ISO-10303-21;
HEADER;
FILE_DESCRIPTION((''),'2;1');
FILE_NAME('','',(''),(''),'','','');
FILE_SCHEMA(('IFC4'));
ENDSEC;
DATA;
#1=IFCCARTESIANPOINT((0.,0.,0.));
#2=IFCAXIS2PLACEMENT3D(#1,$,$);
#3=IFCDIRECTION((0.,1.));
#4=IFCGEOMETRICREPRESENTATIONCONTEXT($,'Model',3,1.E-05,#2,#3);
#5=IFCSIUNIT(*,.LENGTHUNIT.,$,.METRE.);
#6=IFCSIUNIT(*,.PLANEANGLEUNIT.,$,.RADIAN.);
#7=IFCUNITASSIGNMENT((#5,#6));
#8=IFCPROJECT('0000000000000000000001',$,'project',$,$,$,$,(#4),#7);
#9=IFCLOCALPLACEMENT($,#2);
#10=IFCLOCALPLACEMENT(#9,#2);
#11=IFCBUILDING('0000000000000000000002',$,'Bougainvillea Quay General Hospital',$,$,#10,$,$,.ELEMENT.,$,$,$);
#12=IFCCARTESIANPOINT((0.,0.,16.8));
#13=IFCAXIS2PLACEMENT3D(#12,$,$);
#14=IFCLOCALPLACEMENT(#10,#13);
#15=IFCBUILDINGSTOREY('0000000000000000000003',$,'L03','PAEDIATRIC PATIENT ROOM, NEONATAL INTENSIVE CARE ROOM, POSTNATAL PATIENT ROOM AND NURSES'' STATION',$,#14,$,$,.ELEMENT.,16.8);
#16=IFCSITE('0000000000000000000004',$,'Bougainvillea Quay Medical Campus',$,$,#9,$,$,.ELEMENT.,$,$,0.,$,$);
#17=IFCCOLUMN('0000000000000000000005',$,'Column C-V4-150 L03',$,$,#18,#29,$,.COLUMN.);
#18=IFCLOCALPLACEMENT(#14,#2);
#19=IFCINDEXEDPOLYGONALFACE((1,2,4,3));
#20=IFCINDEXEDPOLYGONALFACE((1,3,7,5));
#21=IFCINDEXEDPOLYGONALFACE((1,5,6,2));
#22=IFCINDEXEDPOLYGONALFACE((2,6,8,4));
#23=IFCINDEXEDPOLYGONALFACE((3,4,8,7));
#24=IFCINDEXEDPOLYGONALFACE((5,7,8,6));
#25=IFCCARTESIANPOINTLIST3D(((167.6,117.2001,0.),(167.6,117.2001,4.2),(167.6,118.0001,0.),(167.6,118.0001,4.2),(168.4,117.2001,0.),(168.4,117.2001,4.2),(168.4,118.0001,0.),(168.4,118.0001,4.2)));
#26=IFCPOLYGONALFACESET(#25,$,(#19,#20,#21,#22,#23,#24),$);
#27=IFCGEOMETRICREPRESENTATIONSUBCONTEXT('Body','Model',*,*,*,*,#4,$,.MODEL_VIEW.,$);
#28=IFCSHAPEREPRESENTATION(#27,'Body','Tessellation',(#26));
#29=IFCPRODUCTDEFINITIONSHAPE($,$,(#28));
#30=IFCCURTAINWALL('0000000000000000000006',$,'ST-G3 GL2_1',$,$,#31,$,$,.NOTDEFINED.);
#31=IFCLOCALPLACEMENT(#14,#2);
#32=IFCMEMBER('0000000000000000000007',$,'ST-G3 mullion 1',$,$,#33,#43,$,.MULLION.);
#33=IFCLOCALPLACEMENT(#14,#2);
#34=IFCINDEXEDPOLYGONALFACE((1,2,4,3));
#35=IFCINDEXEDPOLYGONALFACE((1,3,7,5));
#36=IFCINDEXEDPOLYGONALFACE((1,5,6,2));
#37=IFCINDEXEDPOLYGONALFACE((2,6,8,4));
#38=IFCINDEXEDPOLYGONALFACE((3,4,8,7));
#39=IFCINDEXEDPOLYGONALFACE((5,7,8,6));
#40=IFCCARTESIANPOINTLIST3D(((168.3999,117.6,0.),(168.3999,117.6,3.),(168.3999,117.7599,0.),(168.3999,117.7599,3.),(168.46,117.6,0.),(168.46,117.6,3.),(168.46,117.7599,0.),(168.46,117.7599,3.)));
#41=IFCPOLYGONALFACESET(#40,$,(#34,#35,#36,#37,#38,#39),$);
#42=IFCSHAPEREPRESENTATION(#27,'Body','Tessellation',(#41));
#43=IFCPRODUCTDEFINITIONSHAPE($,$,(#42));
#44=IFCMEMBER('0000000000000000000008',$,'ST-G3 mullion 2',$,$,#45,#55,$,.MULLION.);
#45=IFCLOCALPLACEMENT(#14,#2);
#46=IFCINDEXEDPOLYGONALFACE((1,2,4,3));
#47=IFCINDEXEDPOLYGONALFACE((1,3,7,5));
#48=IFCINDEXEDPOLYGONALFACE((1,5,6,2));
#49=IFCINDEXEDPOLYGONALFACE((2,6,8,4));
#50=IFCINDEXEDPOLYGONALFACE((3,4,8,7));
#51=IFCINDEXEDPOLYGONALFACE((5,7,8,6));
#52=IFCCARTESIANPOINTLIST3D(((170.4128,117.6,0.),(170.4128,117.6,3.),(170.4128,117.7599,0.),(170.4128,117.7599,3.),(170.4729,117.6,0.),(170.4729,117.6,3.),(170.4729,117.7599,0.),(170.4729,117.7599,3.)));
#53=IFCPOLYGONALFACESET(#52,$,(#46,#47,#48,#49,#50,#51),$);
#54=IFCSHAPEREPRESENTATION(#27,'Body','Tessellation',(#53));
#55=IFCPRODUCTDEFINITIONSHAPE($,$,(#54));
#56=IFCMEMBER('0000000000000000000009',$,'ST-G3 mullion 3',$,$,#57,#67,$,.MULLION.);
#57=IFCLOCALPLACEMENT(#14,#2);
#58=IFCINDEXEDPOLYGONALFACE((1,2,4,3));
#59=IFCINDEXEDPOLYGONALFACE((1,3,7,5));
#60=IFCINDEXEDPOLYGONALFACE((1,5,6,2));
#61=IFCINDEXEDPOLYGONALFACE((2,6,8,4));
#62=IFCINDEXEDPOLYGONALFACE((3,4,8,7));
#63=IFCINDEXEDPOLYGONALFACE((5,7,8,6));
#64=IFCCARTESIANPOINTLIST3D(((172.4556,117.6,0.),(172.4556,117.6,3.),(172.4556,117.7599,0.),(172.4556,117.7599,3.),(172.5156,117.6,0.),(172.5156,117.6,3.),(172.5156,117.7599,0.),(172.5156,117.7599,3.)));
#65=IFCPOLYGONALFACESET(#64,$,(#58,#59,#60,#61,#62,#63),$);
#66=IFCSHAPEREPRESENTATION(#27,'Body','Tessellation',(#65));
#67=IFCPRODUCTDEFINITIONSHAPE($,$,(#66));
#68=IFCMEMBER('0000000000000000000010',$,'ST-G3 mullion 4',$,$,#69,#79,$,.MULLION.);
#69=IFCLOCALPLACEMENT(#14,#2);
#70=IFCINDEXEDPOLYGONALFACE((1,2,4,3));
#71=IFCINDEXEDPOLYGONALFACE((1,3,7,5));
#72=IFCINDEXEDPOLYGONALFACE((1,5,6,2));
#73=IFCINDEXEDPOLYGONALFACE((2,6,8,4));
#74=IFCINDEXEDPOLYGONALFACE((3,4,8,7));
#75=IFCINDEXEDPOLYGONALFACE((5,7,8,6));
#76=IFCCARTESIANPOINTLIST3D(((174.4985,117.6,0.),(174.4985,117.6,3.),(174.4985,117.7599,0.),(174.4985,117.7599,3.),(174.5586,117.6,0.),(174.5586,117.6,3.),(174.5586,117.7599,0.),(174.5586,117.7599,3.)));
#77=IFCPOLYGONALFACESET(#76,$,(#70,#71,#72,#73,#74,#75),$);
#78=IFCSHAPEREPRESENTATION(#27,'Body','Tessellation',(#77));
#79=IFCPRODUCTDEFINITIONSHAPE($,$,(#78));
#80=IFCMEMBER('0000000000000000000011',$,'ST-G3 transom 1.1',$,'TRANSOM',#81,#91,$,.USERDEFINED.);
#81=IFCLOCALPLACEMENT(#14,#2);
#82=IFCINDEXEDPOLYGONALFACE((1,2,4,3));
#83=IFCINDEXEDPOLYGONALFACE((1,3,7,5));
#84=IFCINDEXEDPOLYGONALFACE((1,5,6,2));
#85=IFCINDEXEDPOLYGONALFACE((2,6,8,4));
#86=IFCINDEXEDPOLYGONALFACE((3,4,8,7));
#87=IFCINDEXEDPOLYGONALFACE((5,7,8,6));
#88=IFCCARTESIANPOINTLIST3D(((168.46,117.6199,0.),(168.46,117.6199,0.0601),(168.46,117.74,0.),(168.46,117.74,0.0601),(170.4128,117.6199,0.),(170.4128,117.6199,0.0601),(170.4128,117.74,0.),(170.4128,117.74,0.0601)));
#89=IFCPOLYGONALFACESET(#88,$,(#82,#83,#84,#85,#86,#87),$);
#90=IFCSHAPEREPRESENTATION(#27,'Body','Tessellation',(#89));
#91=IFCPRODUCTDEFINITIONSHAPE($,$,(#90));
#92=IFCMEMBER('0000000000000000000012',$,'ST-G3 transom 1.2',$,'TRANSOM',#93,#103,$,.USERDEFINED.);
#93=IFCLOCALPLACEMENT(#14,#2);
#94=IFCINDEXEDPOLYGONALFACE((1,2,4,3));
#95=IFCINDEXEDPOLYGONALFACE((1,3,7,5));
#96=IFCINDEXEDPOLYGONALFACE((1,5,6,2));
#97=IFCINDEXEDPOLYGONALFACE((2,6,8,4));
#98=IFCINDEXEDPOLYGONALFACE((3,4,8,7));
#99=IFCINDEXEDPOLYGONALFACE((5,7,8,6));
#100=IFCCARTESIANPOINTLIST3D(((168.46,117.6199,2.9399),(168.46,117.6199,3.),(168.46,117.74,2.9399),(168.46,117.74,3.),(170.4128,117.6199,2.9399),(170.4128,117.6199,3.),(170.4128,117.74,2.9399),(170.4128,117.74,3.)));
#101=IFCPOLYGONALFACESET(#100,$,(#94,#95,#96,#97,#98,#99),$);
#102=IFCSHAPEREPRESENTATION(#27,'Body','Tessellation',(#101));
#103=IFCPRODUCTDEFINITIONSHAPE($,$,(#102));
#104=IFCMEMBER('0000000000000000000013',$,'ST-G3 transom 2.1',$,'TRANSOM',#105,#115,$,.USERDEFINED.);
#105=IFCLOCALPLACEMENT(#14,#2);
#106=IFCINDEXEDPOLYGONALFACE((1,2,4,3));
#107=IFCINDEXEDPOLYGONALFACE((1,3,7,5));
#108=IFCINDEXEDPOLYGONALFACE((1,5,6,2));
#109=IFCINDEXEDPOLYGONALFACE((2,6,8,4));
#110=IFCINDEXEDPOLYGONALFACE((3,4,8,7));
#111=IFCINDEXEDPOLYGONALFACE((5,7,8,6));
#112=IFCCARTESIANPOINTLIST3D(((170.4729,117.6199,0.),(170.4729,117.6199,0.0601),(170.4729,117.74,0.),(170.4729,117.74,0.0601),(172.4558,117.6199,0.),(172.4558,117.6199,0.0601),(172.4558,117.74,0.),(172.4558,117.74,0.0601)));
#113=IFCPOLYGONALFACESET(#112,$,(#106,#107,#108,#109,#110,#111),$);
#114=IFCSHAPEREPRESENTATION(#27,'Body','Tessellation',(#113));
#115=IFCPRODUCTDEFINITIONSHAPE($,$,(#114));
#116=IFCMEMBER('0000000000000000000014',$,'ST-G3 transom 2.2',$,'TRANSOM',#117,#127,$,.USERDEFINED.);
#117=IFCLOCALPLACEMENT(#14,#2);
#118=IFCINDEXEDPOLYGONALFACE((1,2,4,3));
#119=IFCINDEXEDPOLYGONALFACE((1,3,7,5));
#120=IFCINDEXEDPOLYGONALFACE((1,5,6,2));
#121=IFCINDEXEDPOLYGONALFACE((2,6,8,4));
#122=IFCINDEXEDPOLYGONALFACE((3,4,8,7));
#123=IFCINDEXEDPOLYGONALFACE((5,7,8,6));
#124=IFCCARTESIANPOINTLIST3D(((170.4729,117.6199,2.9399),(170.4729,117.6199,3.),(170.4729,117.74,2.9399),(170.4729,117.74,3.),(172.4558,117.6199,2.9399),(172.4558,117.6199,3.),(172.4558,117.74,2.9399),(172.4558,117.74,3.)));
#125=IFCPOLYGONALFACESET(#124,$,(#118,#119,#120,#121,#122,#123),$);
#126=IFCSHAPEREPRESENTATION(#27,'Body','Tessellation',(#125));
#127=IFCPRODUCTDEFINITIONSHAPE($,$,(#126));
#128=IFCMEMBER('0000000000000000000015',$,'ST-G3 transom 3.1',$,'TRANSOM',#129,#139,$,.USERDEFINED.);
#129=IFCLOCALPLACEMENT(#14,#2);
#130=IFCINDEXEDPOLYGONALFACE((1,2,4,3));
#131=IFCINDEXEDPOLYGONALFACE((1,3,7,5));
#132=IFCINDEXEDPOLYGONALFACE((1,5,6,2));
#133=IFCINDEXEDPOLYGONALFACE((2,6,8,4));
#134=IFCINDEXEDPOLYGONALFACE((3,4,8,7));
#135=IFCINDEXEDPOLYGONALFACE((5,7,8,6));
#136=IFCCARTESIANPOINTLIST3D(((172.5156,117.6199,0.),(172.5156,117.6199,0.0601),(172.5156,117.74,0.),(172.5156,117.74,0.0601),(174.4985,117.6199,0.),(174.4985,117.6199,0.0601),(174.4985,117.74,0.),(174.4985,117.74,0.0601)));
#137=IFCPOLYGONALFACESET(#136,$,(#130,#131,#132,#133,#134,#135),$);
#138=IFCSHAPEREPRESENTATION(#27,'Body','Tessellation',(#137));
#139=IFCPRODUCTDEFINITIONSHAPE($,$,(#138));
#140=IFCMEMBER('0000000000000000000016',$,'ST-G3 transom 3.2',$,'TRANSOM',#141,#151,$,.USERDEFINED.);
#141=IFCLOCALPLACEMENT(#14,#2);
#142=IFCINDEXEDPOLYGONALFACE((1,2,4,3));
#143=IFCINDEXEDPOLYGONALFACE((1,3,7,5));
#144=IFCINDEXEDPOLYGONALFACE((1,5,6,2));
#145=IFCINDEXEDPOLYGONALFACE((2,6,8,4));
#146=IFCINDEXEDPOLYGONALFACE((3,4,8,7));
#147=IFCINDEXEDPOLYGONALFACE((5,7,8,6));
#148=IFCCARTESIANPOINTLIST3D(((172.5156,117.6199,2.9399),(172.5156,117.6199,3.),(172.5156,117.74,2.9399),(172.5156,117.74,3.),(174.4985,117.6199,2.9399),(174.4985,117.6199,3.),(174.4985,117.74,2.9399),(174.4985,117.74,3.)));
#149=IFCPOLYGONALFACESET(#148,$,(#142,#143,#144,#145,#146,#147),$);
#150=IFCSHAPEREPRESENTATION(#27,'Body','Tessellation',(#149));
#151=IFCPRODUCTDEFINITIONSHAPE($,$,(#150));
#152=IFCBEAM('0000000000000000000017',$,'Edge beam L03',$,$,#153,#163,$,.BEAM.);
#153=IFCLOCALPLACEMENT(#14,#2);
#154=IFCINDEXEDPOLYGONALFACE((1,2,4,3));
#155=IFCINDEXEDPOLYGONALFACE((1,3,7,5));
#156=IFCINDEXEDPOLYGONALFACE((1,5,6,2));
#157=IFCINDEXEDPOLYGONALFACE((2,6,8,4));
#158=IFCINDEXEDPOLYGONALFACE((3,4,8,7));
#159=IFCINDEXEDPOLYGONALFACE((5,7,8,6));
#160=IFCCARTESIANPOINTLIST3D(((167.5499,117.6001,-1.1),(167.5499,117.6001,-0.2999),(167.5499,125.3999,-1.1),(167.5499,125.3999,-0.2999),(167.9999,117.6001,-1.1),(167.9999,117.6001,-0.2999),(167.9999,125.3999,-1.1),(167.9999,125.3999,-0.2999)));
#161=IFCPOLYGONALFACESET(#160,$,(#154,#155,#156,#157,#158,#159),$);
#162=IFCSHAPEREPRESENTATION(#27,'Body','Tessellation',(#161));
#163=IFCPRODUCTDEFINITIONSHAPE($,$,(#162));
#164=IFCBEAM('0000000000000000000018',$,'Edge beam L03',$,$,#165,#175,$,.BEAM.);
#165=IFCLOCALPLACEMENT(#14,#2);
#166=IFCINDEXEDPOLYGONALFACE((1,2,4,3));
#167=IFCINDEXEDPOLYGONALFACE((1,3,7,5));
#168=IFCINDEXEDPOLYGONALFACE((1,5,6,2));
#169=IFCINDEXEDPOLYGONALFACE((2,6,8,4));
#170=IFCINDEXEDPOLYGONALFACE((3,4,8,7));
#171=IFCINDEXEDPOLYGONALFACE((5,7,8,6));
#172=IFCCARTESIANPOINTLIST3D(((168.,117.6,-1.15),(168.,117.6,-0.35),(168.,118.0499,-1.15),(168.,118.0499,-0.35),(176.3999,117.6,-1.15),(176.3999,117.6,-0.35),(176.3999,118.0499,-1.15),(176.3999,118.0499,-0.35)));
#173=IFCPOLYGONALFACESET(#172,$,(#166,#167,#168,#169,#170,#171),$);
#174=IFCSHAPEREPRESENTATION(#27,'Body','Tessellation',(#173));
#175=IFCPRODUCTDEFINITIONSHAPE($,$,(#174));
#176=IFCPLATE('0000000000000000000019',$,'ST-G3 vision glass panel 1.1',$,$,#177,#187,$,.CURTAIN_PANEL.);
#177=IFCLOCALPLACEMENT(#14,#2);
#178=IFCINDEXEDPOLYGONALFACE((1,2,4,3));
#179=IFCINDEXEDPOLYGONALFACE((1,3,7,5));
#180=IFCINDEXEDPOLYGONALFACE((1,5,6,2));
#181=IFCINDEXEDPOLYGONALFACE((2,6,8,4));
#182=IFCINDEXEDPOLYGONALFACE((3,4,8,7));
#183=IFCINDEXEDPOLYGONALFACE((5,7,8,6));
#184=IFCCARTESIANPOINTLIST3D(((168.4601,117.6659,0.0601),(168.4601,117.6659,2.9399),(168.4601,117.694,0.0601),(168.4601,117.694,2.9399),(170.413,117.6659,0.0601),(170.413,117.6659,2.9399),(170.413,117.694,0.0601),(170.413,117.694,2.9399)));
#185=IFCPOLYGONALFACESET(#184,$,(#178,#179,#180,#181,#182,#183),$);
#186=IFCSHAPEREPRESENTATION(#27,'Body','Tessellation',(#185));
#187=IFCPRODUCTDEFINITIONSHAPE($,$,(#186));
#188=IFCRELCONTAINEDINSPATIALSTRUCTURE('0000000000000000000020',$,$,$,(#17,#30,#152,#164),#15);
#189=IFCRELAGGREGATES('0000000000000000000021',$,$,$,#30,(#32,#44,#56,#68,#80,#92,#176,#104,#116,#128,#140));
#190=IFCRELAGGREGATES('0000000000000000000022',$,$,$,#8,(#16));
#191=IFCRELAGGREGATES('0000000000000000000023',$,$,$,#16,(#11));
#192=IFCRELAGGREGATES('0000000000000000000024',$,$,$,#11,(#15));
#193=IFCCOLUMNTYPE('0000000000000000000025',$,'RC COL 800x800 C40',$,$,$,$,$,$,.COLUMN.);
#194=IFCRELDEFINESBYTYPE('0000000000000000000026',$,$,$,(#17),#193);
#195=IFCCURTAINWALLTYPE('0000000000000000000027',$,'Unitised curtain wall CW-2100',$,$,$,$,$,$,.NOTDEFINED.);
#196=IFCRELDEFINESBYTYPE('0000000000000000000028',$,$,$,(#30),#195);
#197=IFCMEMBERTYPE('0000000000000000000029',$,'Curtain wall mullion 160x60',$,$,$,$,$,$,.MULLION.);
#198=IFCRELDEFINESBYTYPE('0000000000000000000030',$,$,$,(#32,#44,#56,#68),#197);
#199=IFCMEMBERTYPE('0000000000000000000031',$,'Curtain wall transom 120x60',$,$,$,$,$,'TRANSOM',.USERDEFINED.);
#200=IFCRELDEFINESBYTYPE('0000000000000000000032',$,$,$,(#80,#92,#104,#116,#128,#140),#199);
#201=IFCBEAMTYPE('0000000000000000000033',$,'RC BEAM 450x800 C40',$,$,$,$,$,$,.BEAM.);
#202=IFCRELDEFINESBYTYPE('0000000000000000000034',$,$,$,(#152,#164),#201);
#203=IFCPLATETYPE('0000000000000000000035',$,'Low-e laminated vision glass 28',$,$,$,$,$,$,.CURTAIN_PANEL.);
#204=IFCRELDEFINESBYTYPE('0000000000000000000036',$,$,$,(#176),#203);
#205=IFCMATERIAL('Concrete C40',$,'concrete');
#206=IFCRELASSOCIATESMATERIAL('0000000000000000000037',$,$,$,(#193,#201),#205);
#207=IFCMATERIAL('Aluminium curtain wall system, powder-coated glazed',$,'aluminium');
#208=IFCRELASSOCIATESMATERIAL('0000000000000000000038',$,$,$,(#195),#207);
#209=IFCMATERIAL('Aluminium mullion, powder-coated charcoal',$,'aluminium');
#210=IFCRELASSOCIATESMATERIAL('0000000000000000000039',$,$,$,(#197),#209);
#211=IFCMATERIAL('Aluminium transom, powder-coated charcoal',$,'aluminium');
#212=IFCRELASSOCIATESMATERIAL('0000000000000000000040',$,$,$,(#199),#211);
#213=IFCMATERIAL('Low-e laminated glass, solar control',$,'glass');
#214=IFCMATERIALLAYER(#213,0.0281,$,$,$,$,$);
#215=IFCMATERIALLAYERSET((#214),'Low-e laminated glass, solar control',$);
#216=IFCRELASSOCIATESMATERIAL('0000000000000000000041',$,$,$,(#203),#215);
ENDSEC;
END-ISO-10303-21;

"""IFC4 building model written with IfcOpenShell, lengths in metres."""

from ifc_helpers import new_model, si_unit, direction, frame, origin, origin_2d, place, context, subcontext, project, spatial, rectangle, extrude, material, layer, layer_set, material_profile, profile_set, type_object, element, aggregate, save


model = new_model("IFC4")

# Units and contexts
model_context = context("Model", 3, precision=1e-05, world=origin(), true_north=direction((0.0, 1.0)))
body_context = subcontext(model_context, "Body", "Model", "MODEL_VIEW")
ifc_project = project(units=[si_unit("LENGTHUNIT", "METRE"), si_unit("PLANEANGLEUNIT", "RADIAN")], contexts=[model_context])

# Site, building, storey
site_placement = place(None, origin())
site = spatial("IfcSite", under=ifc_project, at=site_placement, Name="Bougainvillea Quay Medical Campus", CompositionType="ELEMENT", RefElevation=0.0)
building_placement = place(site_placement, origin())
building = spatial("IfcBuilding", under=site, at=building_placement, Name="Bougainvillea Quay General Hospital", CompositionType="ELEMENT")
storey_placement = place(building_placement, frame((0.0, 0.0, 16.8)))
storey = spatial("IfcBuildingStorey", under=building, at=storey_placement, Name="L03", Description="PAEDIATRIC PATIENT ROOM, NEONATAL INTENSIVE CARE ROOM, POSTNATAL PATIENT ROOM AND NURSES' STATION", CompositionType="ELEMENT", Elevation=16.8)

# Column
ifc_material_1 = material(Name="Concrete C40", Category="concrete")
ifc_material_profile_1 = material_profile(ifc_material_1, rectangle(XDim=0.8, YDim=0.8, at=origin_2d()))
ifc_profile_set_1 = profile_set([ifc_material_profile_1], Name="Concrete C40")
column_type = type_object("IfcColumnType", Name="RC COL 800x800 C40", PredefinedType="COLUMN", material=ifc_profile_set_1)
column_placement = place(storey_placement, frame((168.0, 117.6001, 0.0), z_axis=(0.0, 0.0, 1.0), x_axis=(1.0, 0.0, 0.0)))
element("IfcColumn", 1, at=column_placement, inside=storey, type_object=column_type, Name="Column C-V4-150 L03", PredefinedType="COLUMN", context=body_context, shape_type="SweptSolid", body=[
    extrude(rectangle(XDim=0.8, YDim=0.8, at=origin_2d()), origin(), (0.0, 0.0, 1.0), 4.2),
])

# Curtain wall, members
ifc_material_2 = material(Name="Aluminium curtain wall system, powder-coated glazed", Category="aluminium")
curtain_wall_type = type_object("IfcCurtainWallType", Name="Unitised curtain wall CW-2100", PredefinedType="NOTDEFINED", material=ifc_material_2)
curtain_wall_placement = place(storey_placement, origin())
curtain_wall = element("IfcCurtainWall", 2, at=curtain_wall_placement, inside=storey, type_object=curtain_wall_type, Name="ST-G3 GL2_1", PredefinedType="NOTDEFINED")
ifc_material_3 = material(Name="Aluminium mullion, powder-coated charcoal", Category="aluminium")
ifc_material_profile_2 = material_profile(ifc_material_3, rectangle(XDim=0.1599, YDim=0.0601, at=origin_2d()))
ifc_profile_set_2 = profile_set([ifc_material_profile_2], Name="Aluminium mullion, powder-coated charcoal")
member_type_1 = type_object("IfcMemberType", Name="Curtain wall mullion 160x60", PredefinedType="MULLION", material=ifc_profile_set_2)
member_1_placement = place(storey_placement, frame((168.4299, 117.6799, 0.0), z_axis=(0.0, 0.0, 1.0), x_axis=(0.0, 1.0, 0.0)))
member_1 = element("IfcMember", 3, at=member_1_placement, type_object=member_type_1, Name="ST-G3 mullion 1", PredefinedType="MULLION", context=body_context, shape_type="SweptSolid", body=[
    extrude(rectangle(XDim=0.1599, YDim=0.0601, at=origin_2d()), origin(), (0.0, 0.0, 1.0), 3.0),
])
member_2_placement = place(storey_placement, frame((170.4429, 117.6799, 0.0), z_axis=(0.0, 0.0, 1.0), x_axis=(0.0, 1.0, 0.0)))
member_2 = element("IfcMember", 4, at=member_2_placement, type_object=member_type_1, Name="ST-G3 mullion 2", PredefinedType="MULLION", context=body_context, shape_type="SweptSolid", body=[
    extrude(rectangle(XDim=0.1599, YDim=0.0601, at=origin_2d()), origin(), (0.0, 0.0, 1.0), 3.0),
])
member_3_placement = place(storey_placement, frame((172.4856, 117.6799, 0.0), z_axis=(0.0, 0.0, 1.0), x_axis=(0.0, 1.0, 0.0)))
member_3 = element("IfcMember", 5, at=member_3_placement, type_object=member_type_1, Name="ST-G3 mullion 3", PredefinedType="MULLION", context=body_context, shape_type="SweptSolid", body=[
    extrude(rectangle(XDim=0.1599, YDim=0.0601, at=origin_2d()), origin(), (0.0, 0.0, 1.0), 3.0),
])
member_4_placement = place(storey_placement, frame((174.5286, 117.6799, 0.0), z_axis=(0.0, 0.0, 1.0), x_axis=(0.0, 1.0, 0.0)))
member_4 = element("IfcMember", 6, at=member_4_placement, type_object=member_type_1, Name="ST-G3 mullion 4", PredefinedType="MULLION", context=body_context, shape_type="SweptSolid", body=[
    extrude(rectangle(XDim=0.1599, YDim=0.0601, at=origin_2d()), origin(), (0.0, 0.0, 1.0), 3.0),
])
ifc_material_4 = material(Name="Aluminium transom, powder-coated charcoal", Category="aluminium")
ifc_material_profile_3 = material_profile(ifc_material_4, rectangle(XDim=0.1201, YDim=0.0601, at=origin_2d()))
ifc_profile_set_3 = profile_set([ifc_material_profile_3], Name="Aluminium transom, powder-coated charcoal")
member_type_2 = type_object("IfcMemberType", Name="Curtain wall transom 120x60", ElementType="TRANSOM", PredefinedType="USERDEFINED", material=ifc_profile_set_3)
member_5_placement = place(storey_placement, frame((168.46, 117.6799, 0.03), z_axis=(1.0, 0.0, 0.0), x_axis=(0.0, 1.0, 0.0)))
member_5 = element("IfcMember", 7, at=member_5_placement, type_object=member_type_2, Name="ST-G3 transom 1.1", ObjectType="TRANSOM", PredefinedType="USERDEFINED", context=body_context, shape_type="SweptSolid", body=[
    extrude(rectangle(XDim=0.1201, YDim=0.0601, at=origin_2d()), origin(), (0.0, 0.0, 1.0), 1.9529),
])
member_6_placement = place(storey_placement, frame((168.46, 117.6799, 2.97), z_axis=(1.0, 0.0, 0.0), x_axis=(0.0, 1.0, 0.0)))
member_6 = element("IfcMember", 8, at=member_6_placement, type_object=member_type_2, Name="ST-G3 transom 1.2", ObjectType="TRANSOM", PredefinedType="USERDEFINED", context=body_context, shape_type="SweptSolid", body=[
    extrude(rectangle(XDim=0.1201, YDim=0.0601, at=origin_2d()), origin(), (0.0, 0.0, 1.0), 1.9529),
])
member_7_placement = place(storey_placement, frame((170.4729, 117.6799, 0.03), z_axis=(1.0, 0.0, 0.0), x_axis=(0.0, 1.0, 0.0)))
member_7 = element("IfcMember", 9, at=member_7_placement, type_object=member_type_2, Name="ST-G3 transom 2.1", ObjectType="TRANSOM", PredefinedType="USERDEFINED", context=body_context, shape_type="SweptSolid", body=[
    extrude(rectangle(XDim=0.1201, YDim=0.0601, at=origin_2d()), origin(), (0.0, 0.0, 1.0), 1.9829),
])
member_8_placement = place(storey_placement, frame((170.4729, 117.6799, 2.97), z_axis=(1.0, 0.0, 0.0), x_axis=(0.0, 1.0, 0.0)))
member_8 = element("IfcMember", 10, at=member_8_placement, type_object=member_type_2, Name="ST-G3 transom 2.2", ObjectType="TRANSOM", PredefinedType="USERDEFINED", context=body_context, shape_type="SweptSolid", body=[
    extrude(rectangle(XDim=0.1201, YDim=0.0601, at=origin_2d()), origin(), (0.0, 0.0, 1.0), 1.9829),
])
member_9_placement = place(storey_placement, frame((172.5156, 117.6799, 0.03), z_axis=(1.0, 0.0, 0.0), x_axis=(0.0, 1.0, 0.0)))
member_9 = element("IfcMember", 11, at=member_9_placement, type_object=member_type_2, Name="ST-G3 transom 3.1", ObjectType="TRANSOM", PredefinedType="USERDEFINED", context=body_context, shape_type="SweptSolid", body=[
    extrude(rectangle(XDim=0.1201, YDim=0.0601, at=origin_2d()), origin(), (0.0, 0.0, 1.0), 1.9829),
])
member_10_placement = place(storey_placement, frame((172.5156, 117.6799, 2.97), z_axis=(1.0, 0.0, 0.0), x_axis=(0.0, 1.0, 0.0)))
member_10 = element("IfcMember", 12, at=member_10_placement, type_object=member_type_2, Name="ST-G3 transom 3.2", ObjectType="TRANSOM", PredefinedType="USERDEFINED", context=body_context, shape_type="SweptSolid", body=[
    extrude(rectangle(XDim=0.1201, YDim=0.0601, at=origin_2d()), origin(), (0.0, 0.0, 1.0), 1.9829),
])

# Beams
ifc_material_profile_4 = material_profile(ifc_material_1, rectangle(XDim=0.45, YDim=0.8, at=origin_2d()))
ifc_profile_set_4 = profile_set([ifc_material_profile_4], Name="Concrete C40")
beam_type = type_object("IfcBeamType", Name="RC BEAM 450x800 C40", PredefinedType="BEAM", material=ifc_profile_set_4)
beam_1_placement = place(storey_placement, frame((167.7749, 117.6001, -0.7), z_axis=(0.0, 1.0, 0.0), x_axis=(-1.0, 0.0, 0.0)))
element("IfcBeam", 13, at=beam_1_placement, inside=storey, type_object=beam_type, Name="Edge beam L03", PredefinedType="BEAM", context=body_context, shape_type="SweptSolid", body=[
    extrude(rectangle(XDim=0.45, YDim=0.8, at=origin_2d()), origin(), (0.0, 0.0, 1.0), 7.7998),
])
beam_2_placement = place(storey_placement, frame((168.0, 117.825, -0.75), z_axis=(1.0, 0.0, 0.0), x_axis=(0.0, 1.0, 0.0)))
element("IfcBeam", 14, at=beam_2_placement, inside=storey, type_object=beam_type, Name="Edge beam L03", PredefinedType="BEAM", context=body_context, shape_type="SweptSolid", body=[
    extrude(rectangle(XDim=0.45, YDim=0.8, at=origin_2d()), origin(), (0.0, 0.0, 1.0), 8.3999),
])

# Plate
ifc_material_5 = material(Name="Low-e laminated glass, solar control", Category="glass")
ifc_layer_1 = layer(ifc_material_5, 0.0281)
ifc_layer_set_1 = layer_set([ifc_layer_1], Name="Low-e laminated glass, solar control")
plate_type = type_object("IfcPlateType", Name="Low-e laminated vision glass 28", PredefinedType="CURTAIN_PANEL", material=ifc_layer_set_1)
plate_1_placement = place(storey_placement, frame((169.4365, 117.6799, 0.0601), z_axis=(0.0, 0.0, 1.0), x_axis=(1.0, 0.0, 0.0)))
plate_1 = element("IfcPlate", 15, at=plate_1_placement, type_object=plate_type, Name="ST-G3 vision glass panel 1.1", PredefinedType="CURTAIN_PANEL", context=body_context, shape_type="SweptSolid", body=[
    extrude(rectangle(XDim=1.9529, YDim=0.0281, at=origin_2d()), origin(), (0.0, 0.0, 1.0), 2.8799),
])
aggregate(curtain_wall, [member_1, member_2, member_3, member_4, member_5, member_6, plate_1, member_7, member_8, member_9, member_10])

save(model, "model.ifc")
